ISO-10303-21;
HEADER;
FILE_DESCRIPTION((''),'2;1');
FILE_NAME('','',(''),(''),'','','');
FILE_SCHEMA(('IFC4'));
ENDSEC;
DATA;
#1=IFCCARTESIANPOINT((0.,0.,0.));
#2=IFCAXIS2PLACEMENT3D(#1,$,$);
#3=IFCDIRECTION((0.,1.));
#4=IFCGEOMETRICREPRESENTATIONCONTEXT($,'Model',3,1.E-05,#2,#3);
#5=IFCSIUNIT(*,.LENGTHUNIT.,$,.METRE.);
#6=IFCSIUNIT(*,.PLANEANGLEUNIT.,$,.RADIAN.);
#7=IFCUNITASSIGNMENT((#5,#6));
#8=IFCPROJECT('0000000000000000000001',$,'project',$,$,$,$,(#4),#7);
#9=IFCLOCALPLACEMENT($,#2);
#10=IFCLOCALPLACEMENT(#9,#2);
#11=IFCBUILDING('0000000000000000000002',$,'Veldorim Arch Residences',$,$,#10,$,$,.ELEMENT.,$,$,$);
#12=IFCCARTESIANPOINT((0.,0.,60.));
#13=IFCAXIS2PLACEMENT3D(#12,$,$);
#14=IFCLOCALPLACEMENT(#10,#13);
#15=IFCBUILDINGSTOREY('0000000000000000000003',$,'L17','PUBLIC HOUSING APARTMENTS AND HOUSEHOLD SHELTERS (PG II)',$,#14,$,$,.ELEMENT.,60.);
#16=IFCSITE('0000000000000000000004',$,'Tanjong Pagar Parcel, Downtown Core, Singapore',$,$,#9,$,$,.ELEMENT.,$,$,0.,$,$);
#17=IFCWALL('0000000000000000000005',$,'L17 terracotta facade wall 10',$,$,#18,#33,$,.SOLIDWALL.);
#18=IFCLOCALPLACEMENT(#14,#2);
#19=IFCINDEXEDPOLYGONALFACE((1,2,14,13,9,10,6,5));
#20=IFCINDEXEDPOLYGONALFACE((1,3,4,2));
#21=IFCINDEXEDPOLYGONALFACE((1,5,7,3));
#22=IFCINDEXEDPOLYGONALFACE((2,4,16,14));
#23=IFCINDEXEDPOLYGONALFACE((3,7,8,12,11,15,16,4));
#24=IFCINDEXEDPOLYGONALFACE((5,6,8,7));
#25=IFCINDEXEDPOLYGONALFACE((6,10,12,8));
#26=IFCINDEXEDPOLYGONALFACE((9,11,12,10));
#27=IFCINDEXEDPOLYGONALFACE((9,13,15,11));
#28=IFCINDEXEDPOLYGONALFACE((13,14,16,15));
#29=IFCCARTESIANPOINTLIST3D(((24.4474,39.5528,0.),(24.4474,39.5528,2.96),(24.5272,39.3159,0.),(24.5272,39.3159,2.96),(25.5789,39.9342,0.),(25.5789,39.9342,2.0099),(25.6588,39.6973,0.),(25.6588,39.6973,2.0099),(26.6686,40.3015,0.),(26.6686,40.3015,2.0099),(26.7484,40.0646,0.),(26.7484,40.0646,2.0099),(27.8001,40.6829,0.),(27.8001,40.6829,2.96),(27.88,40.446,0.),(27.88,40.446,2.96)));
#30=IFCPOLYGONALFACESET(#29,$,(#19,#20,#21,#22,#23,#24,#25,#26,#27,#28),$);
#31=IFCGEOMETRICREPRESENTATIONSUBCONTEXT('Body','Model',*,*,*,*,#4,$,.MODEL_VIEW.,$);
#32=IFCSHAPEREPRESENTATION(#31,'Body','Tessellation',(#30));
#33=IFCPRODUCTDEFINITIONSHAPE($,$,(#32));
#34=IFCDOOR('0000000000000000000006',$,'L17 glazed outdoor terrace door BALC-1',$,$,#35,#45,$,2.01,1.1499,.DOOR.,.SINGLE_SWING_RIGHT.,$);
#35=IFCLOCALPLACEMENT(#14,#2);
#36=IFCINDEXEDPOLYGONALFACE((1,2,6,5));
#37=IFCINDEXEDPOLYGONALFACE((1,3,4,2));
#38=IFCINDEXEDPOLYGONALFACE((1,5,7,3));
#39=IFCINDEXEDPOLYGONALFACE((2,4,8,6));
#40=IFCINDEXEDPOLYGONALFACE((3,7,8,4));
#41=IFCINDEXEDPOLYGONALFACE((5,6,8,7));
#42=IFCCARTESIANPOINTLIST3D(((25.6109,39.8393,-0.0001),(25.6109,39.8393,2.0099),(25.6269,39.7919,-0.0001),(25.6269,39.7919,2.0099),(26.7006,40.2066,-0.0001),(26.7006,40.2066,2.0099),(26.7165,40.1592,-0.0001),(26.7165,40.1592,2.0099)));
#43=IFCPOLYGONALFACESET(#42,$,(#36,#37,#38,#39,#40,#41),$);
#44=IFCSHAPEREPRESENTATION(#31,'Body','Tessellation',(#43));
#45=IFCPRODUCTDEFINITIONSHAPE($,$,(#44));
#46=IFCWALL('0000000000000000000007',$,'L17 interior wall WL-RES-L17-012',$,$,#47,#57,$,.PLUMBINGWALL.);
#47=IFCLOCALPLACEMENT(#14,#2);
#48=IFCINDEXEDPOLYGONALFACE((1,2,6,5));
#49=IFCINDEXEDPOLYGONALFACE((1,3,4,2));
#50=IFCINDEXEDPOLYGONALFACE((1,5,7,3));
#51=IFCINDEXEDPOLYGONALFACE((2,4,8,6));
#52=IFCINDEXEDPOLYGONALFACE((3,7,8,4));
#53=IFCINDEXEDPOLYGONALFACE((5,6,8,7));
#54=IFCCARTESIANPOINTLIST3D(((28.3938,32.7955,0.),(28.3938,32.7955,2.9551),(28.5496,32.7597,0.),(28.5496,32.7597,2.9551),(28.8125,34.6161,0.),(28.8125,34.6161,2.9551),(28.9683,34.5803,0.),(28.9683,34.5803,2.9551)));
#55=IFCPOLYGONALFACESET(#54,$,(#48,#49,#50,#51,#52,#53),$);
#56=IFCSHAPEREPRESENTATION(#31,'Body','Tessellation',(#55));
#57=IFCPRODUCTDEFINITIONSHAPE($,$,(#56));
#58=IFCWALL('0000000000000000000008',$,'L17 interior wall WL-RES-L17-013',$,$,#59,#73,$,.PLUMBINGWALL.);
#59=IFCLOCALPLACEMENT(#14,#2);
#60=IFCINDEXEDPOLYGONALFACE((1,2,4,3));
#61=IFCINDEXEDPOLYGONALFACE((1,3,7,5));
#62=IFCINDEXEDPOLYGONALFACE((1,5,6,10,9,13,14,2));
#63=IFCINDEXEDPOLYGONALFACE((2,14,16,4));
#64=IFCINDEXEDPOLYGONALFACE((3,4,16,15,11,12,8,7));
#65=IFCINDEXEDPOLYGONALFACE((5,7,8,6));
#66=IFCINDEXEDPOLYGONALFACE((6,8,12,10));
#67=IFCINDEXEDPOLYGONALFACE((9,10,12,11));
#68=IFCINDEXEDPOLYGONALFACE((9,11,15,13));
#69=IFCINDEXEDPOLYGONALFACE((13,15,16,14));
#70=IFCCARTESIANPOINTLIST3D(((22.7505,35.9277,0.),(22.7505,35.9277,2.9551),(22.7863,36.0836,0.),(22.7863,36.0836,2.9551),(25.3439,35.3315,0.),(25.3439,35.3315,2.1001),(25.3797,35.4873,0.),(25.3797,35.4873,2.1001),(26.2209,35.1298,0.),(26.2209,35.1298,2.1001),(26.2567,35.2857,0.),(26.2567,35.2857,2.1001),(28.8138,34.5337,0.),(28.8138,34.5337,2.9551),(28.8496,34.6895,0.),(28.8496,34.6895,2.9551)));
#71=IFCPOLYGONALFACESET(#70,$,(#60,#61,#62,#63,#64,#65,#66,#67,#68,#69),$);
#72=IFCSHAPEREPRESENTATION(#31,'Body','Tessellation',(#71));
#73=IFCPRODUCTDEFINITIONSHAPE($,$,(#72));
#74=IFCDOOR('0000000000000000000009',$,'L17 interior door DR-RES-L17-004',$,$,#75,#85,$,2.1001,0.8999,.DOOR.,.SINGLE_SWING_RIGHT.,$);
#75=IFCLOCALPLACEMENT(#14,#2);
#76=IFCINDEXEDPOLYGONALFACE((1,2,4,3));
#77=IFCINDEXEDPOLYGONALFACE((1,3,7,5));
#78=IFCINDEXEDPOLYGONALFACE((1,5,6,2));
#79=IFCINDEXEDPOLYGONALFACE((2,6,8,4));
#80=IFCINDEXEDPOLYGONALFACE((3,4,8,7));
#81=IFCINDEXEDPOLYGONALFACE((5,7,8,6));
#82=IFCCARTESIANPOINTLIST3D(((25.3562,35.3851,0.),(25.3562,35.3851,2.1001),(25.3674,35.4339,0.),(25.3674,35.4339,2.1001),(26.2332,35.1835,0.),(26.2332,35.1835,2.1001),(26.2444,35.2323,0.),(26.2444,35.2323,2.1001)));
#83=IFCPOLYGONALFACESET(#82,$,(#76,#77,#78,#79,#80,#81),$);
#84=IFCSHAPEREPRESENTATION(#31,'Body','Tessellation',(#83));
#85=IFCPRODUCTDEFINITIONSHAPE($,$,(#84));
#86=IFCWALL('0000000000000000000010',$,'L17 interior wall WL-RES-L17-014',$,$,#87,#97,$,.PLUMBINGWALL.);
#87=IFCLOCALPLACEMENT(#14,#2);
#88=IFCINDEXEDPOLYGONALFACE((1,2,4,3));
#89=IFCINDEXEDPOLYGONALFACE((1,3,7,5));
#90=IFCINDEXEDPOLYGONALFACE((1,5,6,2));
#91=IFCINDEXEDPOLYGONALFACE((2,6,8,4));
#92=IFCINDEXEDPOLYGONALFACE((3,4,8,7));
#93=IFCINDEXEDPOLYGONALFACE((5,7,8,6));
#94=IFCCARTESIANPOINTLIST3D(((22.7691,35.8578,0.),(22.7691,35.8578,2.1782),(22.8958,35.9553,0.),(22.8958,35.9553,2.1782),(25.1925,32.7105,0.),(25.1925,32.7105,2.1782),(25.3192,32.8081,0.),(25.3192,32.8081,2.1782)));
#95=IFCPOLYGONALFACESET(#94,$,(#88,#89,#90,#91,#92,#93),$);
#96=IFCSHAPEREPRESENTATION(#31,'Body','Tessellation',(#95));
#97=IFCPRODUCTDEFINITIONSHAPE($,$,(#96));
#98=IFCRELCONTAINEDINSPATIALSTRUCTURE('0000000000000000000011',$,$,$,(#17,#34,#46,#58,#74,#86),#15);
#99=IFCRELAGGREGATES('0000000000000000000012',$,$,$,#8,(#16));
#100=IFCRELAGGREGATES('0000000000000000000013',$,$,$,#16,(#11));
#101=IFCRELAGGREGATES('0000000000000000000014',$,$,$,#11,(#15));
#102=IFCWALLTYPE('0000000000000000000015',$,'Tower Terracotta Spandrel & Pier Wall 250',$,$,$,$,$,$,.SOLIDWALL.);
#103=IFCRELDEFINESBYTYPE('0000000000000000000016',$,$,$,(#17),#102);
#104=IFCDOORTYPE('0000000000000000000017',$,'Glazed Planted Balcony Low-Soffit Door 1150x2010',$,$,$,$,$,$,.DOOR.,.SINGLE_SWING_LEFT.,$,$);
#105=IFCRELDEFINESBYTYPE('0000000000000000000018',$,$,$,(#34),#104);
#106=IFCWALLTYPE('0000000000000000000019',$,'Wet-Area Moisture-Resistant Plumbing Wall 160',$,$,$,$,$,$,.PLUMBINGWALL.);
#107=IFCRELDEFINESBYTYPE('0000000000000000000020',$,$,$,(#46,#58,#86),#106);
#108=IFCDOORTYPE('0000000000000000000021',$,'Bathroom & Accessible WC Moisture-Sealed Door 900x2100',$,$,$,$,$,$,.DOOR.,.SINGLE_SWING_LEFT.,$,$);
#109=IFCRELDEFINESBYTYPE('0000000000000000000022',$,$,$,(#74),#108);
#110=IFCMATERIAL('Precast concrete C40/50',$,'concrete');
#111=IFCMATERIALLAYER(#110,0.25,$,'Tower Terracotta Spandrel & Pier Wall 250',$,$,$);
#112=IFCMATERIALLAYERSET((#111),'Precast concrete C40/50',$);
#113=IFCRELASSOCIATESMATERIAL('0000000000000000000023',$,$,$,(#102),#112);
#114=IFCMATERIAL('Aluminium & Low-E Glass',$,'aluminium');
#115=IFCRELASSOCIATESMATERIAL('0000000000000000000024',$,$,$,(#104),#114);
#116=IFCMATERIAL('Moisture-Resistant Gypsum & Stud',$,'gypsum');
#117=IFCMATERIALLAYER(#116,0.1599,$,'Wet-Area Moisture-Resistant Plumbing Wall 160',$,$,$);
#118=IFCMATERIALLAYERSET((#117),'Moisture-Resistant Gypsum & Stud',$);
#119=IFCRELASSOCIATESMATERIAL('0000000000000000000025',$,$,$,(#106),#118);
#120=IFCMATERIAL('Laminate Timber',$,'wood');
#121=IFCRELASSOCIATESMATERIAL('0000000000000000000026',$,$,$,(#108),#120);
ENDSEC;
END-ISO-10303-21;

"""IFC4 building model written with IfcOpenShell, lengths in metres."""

from ifc_helpers import new_model, si_unit, direction, frame, frame_2d, origin, place, context, subcontext, project, spatial, rectangle, extrude, material, layer, layer_set, type_object, element, fill, save


model = new_model("IFC4")

# Units and contexts
model_context = context("Model", 3, precision=1e-05, world=origin(), true_north=direction((0.0, 1.0)))
body_context = subcontext(model_context, "Body", "Model", "MODEL_VIEW")
ifc_project = project(units=[si_unit("LENGTHUNIT", "METRE"), si_unit("PLANEANGLEUNIT", "RADIAN")], contexts=[model_context])

# Site, building, storey
site_placement = place(None, origin())
site = spatial("IfcSite", under=ifc_project, at=site_placement, Name="Tanjong Pagar Parcel, Downtown Core, Singapore", CompositionType="ELEMENT", RefElevation=0.0)
building_placement = place(site_placement, origin())
building = spatial("IfcBuilding", under=site, at=building_placement, Name="Veldorim Arch Residences", CompositionType="ELEMENT")
storey_placement = place(building_placement, frame((0.0, 0.0, 60.0)))
storey = spatial("IfcBuildingStorey", under=building, at=storey_placement, Name="L17", Description="PUBLIC HOUSING APARTMENTS AND HOUSEHOLD SHELTERS (PG II)", CompositionType="ELEMENT", Elevation=60.0)

# Shared definitions
ifc_material_1 = material(Name="Precast concrete C40/50", Category="concrete")
ifc_layer_1 = layer(ifc_material_1, 0.25, Name="Tower Terracotta Spandrel & Pier Wall 250")
ifc_layer_set_1 = layer_set([ifc_layer_1], Name="Precast concrete C40/50")
wall_type_1 = type_object("IfcWallType", Name="Tower Terracotta Spandrel & Pier Wall 250", PredefinedType="SOLIDWALL", material=ifc_layer_set_1)

# Wall, opening, door
wall_1_placement = place(storey_placement, frame((24.4873, 39.4343, 0.0), z_axis=(0.0, 0.0, 1.0), x_axis=(0.947615, 0.319414, 0.0)))
wall_1 = element("IfcWall", 1, at=wall_1_placement, inside=storey, type_object=wall_type_1, Name="L17 terracotta facade wall 10", PredefinedType="SOLIDWALL", context=body_context, shape_type="SweptSolid", body=[
    extrude(rectangle(XDim=3.5381, YDim=0.25, at=frame_2d((1.769, 0.0))), origin(), (0.0, 0.0, 1.0), 2.96),
])
opening_1_placement = place(wall_1_placement, frame((1.1941, 0.0, 0.0)))
opening_1 = element("IfcOpeningElement", 2, at=opening_1_placement, cuts=wall_1, PredefinedType="OPENING", context=body_context, shape_type="SweptSolid", body=[
    extrude(rectangle(XDim=1.1499, YDim=2.01, at=frame_2d((0.575, 1.0049))), frame((0.0, 0.135, 0.0), z_axis=(0.0, -1.0, 0.0), x_axis=(1.0, 0.0, 0.0)), (0.0, 0.0, 1.0), 0.27),
])
ifc_material_2 = material(Name="Aluminium & Low-E Glass", Category="aluminium")
door_type_1 = type_object("IfcDoorType", Name="Glazed Planted Balcony Low-Soffit Door 1150x2010", OperationType="SINGLE_SWING_LEFT", PredefinedType="DOOR", material=ifc_material_2)
door_1_placement = place(opening_1_placement, origin())
door_1 = element("IfcDoor", 3, at=door_1_placement, inside=storey, type_object=door_type_1, Name="L17 glazed outdoor terrace door BALC-1", OperationType="SINGLE_SWING_RIGHT", OverallHeight=2.01, OverallWidth=1.1499, PredefinedType="DOOR", context=body_context, shape_type="SweptSolid", body=[
    extrude(rectangle(XDim=1.1499, YDim=2.01, at=frame_2d((0.575, 1.0049))), frame((0.0, 0.0249, 0.0), z_axis=(0.0, -1.0, 0.0), x_axis=(1.0, 0.0, 0.0)), (0.0, 0.0, 1.0), 0.05),
])
fill(opening_1, door_1)

# Wall
ifc_material_3 = material(Name="Moisture-Resistant Gypsum & Stud", Category="gypsum")
ifc_layer_2 = layer(ifc_material_3, 0.1599, Name="Wet-Area Moisture-Resistant Plumbing Wall 160")
ifc_layer_set_2 = layer_set([ifc_layer_2], Name="Moisture-Resistant Gypsum & Stud")
wall_type_2 = type_object("IfcWallType", Name="Wet-Area Moisture-Resistant Plumbing Wall 160", PredefinedType="PLUMBINGWALL", material=ifc_layer_set_2)
wall_2_placement = place(storey_placement, frame((28.4717, 32.7776, 0.0), z_axis=(0.0, 0.0, 1.0), x_axis=(0.224134, 0.974558, 0.0)))
element("IfcWall", 4, at=wall_2_placement, inside=storey, type_object=wall_type_2, Name="L17 interior wall WL-RES-L17-012", PredefinedType="PLUMBINGWALL", context=body_context, shape_type="SweptSolid", body=[
    extrude(rectangle(XDim=1.8682, YDim=0.1599, at=frame_2d((0.9341, 0.0))), origin(), (0.0, 0.0, 1.0), 2.9551),
])

# Wall, opening, door
wall_3_placement = place(storey_placement, frame((28.8318, 34.6116, 0.0), z_axis=(0.0, 0.0, 1.0), x_axis=(-0.974573, 0.224071, 0.0)))
wall_3 = element("IfcWall", 5, at=wall_3_placement, inside=storey, type_object=wall_type_2, Name="L17 interior wall WL-RES-L17-013", PredefinedType="PLUMBINGWALL", context=body_context, shape_type="SweptSolid", body=[
    extrude(rectangle(XDim=6.2214, YDim=0.1599, at=frame_2d((3.1108, 0.0))), origin(), (0.0, 0.0, 1.0), 2.9551),
])
opening_2_placement = place(wall_3_placement, frame((2.6606, 0.0, 0.0)))
opening_2 = element("IfcOpeningElement", 6, at=opening_2_placement, cuts=wall_3, PredefinedType="OPENING", context=body_context, shape_type="SweptSolid", body=[
    extrude(rectangle(XDim=0.8999, YDim=2.1001, at=frame_2d((0.45, 1.05))), frame((0.0, 0.0898, 0.0), z_axis=(0.0, -1.0, 0.0), x_axis=(1.0, 0.0, 0.0)), (0.0, 0.0, 1.0), 0.1799),
])
ifc_material_4 = material(Name="Laminate Timber", Category="wood")
door_type_2 = type_object("IfcDoorType", Name="Bathroom & Accessible WC Moisture-Sealed Door 900x2100", OperationType="SINGLE_SWING_LEFT", PredefinedType="DOOR", material=ifc_material_4)
door_2_placement = place(opening_2_placement, origin())
door_2 = element("IfcDoor", 7, at=door_2_placement, inside=storey, type_object=door_type_2, Name="L17 interior door DR-RES-L17-004", OperationType="SINGLE_SWING_RIGHT", OverallHeight=2.1001, OverallWidth=0.8999, PredefinedType="DOOR", context=body_context, shape_type="SweptSolid", body=[
    extrude(rectangle(XDim=0.8999, YDim=2.1001, at=frame_2d((0.45, 1.05))), frame((0.0, 0.0249, 0.0), z_axis=(0.0, -1.0, 0.0), x_axis=(1.0, 0.0, 0.0)), (0.0, 0.0, 1.0), 0.05),
])
fill(opening_2, door_2)

# Wall
wall_4_placement = place(storey_placement, frame((25.2559, 32.7593, 0.0), z_axis=(0.0, 0.0, 1.0), x_axis=(-0.610091, 0.792331, 0.0)))
element("IfcWall", 8, at=wall_4_placement, inside=storey, type_object=wall_type_2, Name="L17 interior wall WL-RES-L17-014", PredefinedType="PLUMBINGWALL", context=body_context, shape_type="SweptSolid", body=[
    extrude(rectangle(XDim=3.9722, YDim=0.1599, at=frame_2d((1.9861, 0.0))), origin(), (0.0, 0.0, 1.0), 2.1782),
])

save(model, "model.ifc")
